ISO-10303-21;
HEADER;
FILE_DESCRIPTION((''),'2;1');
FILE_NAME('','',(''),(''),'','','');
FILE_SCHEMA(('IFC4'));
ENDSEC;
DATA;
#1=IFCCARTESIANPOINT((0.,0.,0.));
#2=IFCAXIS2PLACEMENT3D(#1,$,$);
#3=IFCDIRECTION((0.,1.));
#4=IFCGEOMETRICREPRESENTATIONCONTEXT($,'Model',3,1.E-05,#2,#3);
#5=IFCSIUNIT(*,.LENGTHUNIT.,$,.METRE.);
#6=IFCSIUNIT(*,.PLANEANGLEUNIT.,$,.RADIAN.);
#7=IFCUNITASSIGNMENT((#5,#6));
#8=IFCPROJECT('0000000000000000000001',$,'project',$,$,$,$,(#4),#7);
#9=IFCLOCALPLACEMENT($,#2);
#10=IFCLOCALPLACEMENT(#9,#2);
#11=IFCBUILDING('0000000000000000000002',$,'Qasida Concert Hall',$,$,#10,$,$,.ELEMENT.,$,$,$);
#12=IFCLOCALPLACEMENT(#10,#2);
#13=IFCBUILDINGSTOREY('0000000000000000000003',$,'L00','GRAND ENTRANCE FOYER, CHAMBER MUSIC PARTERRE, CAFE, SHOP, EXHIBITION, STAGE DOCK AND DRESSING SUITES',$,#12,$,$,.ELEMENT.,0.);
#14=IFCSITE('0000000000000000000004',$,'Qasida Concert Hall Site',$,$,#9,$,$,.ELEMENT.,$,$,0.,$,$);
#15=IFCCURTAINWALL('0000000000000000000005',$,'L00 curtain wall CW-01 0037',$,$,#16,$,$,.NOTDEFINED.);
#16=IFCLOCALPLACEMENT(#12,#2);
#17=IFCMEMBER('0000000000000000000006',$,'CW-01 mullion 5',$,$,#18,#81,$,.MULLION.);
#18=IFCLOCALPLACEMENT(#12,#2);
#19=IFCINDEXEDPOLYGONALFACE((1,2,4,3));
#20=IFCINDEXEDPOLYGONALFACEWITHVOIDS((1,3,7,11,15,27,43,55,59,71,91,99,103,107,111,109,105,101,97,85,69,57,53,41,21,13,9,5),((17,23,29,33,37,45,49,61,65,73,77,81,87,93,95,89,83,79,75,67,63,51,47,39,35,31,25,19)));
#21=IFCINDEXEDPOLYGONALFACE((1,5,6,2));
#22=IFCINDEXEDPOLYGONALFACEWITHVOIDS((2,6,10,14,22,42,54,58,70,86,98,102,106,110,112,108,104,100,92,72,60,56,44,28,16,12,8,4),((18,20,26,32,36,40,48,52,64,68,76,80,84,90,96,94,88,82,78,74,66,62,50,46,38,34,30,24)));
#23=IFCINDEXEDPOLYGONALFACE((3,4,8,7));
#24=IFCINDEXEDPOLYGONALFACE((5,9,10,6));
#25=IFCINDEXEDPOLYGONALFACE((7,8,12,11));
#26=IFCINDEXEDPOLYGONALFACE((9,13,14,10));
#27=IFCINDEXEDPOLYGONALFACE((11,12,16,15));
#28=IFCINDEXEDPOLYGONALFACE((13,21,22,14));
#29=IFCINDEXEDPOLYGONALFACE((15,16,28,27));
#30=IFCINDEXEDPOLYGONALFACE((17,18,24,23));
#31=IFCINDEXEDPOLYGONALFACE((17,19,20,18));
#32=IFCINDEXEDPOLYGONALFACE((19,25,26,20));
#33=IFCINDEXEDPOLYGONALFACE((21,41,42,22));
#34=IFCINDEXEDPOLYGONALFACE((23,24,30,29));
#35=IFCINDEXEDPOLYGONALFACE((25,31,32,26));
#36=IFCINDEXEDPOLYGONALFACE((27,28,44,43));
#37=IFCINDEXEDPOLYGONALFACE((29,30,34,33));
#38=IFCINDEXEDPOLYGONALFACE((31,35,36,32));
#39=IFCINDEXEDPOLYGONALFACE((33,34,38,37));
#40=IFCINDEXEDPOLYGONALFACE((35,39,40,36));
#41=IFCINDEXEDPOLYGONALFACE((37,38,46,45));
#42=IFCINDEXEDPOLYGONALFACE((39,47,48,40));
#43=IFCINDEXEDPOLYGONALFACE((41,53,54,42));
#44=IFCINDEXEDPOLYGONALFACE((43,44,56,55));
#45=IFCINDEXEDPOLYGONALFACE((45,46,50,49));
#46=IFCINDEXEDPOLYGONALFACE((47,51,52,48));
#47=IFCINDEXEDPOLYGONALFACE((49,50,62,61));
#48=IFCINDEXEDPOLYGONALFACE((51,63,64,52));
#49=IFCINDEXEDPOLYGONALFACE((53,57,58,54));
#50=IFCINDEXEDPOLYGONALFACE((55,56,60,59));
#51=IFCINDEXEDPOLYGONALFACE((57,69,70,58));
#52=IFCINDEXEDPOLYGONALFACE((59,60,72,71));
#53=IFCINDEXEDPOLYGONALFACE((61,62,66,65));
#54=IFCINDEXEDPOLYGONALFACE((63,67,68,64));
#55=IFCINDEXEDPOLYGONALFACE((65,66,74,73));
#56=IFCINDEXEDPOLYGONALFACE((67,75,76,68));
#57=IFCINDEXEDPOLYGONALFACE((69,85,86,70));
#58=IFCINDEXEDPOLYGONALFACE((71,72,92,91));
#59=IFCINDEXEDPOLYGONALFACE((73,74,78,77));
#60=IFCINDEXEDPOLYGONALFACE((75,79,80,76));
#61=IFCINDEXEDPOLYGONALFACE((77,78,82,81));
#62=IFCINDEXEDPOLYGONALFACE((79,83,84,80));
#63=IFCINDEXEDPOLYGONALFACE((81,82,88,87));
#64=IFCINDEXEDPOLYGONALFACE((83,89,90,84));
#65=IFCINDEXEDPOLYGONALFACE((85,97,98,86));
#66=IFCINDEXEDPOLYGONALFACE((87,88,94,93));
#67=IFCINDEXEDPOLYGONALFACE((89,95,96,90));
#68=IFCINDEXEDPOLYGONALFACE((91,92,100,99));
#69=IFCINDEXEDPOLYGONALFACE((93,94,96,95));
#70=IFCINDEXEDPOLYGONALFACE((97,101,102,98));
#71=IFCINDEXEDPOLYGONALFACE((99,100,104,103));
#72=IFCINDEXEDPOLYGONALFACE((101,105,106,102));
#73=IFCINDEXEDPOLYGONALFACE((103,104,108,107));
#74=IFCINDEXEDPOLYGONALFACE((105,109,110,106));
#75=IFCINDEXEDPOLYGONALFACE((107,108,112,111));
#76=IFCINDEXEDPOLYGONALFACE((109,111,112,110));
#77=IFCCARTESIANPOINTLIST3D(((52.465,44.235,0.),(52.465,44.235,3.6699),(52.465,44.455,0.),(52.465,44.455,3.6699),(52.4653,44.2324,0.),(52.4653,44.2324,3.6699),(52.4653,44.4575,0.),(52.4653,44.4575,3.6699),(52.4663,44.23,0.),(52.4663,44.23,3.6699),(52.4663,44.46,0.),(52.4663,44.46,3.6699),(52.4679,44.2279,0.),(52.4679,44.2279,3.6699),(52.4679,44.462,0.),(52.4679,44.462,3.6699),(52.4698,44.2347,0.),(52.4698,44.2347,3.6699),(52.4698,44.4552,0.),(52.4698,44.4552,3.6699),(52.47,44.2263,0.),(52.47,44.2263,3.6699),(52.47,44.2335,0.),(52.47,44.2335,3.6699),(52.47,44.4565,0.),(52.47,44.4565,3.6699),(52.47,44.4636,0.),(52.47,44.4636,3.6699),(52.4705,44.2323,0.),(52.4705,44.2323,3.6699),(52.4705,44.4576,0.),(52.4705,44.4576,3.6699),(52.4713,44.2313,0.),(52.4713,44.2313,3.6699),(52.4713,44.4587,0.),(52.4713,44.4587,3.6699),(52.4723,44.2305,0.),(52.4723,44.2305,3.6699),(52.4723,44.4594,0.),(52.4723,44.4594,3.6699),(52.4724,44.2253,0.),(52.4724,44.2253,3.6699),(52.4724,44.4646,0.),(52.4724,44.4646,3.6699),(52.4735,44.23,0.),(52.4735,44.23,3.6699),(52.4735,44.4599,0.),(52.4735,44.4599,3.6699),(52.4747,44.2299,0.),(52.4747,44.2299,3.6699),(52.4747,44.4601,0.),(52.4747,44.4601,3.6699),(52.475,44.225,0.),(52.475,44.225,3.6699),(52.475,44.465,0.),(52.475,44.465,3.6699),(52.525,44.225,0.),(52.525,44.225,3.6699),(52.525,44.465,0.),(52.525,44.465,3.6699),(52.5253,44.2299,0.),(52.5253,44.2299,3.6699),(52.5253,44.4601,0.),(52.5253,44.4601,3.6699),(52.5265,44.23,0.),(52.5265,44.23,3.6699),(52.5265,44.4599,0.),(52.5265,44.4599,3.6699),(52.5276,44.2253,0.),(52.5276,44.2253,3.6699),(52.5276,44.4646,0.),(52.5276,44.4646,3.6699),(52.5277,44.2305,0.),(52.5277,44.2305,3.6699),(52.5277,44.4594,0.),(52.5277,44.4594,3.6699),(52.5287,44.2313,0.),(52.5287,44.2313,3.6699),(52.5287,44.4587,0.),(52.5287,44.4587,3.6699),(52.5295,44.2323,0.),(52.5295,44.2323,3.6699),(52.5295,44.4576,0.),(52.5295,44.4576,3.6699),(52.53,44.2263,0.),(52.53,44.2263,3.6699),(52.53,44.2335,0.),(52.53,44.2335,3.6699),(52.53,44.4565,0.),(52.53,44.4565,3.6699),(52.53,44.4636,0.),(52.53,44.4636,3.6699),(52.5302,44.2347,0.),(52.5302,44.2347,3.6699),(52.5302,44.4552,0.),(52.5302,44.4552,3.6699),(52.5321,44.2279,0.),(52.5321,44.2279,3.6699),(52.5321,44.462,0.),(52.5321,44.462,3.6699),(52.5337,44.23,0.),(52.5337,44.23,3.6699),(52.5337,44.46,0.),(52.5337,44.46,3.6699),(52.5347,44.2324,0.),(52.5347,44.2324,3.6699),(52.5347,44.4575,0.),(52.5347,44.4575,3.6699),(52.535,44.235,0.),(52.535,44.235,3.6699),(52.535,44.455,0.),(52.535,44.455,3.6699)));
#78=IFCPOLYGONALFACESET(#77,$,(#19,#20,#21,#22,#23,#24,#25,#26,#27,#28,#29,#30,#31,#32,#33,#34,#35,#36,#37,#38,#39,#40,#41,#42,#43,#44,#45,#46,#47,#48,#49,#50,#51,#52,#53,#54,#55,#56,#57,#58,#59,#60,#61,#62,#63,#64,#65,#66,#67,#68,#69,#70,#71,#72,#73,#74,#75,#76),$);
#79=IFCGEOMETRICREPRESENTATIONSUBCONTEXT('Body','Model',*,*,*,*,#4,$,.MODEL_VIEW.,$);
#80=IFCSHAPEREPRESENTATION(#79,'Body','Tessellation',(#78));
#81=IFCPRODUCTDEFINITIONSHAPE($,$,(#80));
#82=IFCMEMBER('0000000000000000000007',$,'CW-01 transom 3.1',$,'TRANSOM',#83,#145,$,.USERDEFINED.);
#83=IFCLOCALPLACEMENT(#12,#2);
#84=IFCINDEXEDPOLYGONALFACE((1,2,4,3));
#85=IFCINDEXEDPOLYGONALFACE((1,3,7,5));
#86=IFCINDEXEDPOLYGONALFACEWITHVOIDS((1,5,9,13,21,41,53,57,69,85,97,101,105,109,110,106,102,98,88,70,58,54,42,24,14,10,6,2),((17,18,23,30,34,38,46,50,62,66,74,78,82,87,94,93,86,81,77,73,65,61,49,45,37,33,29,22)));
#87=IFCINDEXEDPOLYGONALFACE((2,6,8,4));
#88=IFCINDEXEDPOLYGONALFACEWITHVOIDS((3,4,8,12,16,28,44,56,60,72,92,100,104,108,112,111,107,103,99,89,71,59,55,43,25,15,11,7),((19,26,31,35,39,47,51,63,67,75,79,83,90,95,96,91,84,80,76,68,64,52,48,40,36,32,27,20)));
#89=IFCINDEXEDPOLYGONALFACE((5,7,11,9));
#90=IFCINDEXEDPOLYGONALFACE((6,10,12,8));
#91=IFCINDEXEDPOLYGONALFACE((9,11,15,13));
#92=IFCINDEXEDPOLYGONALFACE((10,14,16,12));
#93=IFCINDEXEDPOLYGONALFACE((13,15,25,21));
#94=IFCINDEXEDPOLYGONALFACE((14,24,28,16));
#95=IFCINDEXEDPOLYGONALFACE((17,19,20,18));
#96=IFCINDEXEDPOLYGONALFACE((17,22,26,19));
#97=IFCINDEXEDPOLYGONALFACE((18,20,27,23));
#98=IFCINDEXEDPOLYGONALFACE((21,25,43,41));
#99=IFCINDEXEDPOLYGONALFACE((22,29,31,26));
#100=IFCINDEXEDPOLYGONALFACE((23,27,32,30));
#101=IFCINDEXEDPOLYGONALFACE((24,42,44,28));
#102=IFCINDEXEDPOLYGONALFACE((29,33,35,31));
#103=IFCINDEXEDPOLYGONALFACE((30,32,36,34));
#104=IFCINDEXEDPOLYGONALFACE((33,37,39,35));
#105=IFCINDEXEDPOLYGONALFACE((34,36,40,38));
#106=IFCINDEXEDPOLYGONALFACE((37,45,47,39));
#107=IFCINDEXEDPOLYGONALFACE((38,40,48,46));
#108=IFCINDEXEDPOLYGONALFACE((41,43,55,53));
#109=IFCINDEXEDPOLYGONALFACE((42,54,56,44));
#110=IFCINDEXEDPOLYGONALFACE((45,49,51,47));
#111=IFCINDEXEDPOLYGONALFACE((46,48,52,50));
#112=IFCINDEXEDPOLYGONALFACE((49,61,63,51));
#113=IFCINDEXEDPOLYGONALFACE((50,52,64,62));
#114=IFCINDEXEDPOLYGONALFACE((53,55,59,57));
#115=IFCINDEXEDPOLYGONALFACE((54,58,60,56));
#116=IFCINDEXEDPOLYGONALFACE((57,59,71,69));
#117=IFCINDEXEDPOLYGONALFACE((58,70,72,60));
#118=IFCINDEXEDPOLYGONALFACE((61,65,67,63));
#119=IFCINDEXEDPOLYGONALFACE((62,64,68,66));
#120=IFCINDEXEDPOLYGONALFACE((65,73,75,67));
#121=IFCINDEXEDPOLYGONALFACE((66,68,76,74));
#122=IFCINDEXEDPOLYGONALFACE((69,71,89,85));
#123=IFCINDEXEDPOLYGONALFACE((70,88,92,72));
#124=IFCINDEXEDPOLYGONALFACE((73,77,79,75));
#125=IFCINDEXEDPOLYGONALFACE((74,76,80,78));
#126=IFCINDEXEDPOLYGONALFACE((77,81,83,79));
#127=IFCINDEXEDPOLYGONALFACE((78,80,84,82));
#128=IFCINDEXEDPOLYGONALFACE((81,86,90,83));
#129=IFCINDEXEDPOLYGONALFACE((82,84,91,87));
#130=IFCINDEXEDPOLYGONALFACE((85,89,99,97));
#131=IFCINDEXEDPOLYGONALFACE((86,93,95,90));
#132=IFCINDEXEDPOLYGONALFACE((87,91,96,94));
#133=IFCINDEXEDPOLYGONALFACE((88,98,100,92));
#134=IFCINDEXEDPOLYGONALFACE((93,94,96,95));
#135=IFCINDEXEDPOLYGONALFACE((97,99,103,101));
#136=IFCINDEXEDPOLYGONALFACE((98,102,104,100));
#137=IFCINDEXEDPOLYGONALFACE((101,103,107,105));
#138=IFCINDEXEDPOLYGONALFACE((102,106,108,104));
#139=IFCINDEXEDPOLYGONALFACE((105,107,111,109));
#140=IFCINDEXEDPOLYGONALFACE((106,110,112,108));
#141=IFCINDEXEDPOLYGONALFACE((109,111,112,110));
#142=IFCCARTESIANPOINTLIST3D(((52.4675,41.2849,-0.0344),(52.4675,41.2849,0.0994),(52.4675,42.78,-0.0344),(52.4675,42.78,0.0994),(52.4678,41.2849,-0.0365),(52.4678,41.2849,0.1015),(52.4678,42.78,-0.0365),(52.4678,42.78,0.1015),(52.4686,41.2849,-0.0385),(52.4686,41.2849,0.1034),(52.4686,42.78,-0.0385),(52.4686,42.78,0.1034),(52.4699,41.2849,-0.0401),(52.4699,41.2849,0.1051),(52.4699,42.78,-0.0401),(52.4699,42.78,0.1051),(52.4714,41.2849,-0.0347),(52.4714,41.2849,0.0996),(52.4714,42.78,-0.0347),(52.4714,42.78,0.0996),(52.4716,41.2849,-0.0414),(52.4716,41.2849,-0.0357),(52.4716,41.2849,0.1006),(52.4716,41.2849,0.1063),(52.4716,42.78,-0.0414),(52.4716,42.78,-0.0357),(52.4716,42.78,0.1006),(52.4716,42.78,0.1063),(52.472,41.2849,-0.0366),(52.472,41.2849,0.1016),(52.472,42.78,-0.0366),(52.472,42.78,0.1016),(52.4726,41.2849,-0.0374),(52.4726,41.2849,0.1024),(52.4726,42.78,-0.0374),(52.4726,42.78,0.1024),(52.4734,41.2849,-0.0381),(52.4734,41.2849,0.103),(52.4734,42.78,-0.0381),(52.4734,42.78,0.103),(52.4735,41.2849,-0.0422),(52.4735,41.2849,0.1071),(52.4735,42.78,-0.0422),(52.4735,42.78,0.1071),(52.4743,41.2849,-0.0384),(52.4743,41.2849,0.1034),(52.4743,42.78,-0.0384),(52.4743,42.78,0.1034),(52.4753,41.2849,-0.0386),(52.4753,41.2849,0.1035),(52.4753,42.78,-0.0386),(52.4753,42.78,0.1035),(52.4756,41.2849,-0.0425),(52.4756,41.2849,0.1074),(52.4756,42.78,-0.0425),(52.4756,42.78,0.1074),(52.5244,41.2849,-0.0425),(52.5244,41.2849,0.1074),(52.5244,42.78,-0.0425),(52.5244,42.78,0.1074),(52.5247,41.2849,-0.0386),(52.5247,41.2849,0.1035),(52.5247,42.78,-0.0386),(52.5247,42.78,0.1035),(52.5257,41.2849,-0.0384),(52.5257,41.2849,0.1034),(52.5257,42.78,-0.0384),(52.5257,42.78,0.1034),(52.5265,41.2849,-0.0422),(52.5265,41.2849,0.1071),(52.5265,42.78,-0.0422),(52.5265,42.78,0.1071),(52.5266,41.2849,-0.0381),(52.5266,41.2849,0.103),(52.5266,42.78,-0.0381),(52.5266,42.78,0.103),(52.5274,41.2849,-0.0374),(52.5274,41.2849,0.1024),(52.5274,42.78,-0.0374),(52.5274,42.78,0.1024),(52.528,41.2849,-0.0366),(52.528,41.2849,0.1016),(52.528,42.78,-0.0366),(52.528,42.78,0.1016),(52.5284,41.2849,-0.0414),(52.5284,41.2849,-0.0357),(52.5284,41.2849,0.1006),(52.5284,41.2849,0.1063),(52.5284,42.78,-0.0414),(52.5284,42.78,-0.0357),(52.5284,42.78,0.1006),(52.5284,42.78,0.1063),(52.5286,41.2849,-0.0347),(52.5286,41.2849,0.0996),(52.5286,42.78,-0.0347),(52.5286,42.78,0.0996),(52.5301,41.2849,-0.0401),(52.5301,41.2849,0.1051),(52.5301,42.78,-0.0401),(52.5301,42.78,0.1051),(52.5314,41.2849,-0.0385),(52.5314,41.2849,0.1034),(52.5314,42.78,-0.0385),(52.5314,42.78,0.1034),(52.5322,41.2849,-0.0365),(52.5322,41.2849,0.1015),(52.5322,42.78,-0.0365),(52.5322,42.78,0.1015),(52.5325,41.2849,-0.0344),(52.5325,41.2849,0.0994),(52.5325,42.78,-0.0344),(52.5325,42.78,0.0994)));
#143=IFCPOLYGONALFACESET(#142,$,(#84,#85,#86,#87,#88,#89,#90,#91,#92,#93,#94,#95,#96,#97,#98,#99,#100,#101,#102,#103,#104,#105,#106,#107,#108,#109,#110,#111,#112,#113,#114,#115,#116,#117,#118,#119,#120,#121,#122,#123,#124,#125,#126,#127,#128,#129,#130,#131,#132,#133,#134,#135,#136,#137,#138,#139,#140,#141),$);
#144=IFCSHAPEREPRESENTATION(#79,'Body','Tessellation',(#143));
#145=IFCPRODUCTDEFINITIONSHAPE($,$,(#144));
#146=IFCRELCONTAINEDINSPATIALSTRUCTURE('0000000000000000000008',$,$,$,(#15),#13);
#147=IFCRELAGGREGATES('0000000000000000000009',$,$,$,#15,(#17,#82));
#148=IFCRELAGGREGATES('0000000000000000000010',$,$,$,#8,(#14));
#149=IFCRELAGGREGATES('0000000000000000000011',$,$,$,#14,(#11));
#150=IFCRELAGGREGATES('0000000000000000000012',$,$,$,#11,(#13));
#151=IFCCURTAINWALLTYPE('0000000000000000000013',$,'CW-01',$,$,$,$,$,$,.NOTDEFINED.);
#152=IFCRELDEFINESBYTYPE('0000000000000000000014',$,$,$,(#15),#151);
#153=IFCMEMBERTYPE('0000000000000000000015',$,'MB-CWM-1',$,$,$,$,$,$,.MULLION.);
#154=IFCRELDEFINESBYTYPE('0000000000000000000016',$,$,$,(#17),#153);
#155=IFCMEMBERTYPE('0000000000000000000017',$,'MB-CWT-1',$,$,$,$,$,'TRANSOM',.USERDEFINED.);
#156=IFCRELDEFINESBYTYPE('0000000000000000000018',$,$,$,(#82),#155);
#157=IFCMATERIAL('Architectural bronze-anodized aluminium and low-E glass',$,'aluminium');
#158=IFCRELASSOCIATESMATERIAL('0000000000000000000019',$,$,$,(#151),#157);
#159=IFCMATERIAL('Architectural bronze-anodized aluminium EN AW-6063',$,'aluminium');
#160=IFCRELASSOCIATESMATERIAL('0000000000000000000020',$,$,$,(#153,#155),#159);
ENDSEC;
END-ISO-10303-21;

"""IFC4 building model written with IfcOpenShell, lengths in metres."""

from ifc_helpers import new_model, si_unit, direction, frame, origin, origin_2d, place, context, subcontext, project, spatial, hollow_rectangle, extrude, material, material_profile, profile_set, type_object, element, aggregate, save


model = new_model("IFC4")

# Units and contexts
model_context = context("Model", 3, precision=1e-05, world=origin(), true_north=direction((0.0, 1.0)))
body_context = subcontext(model_context, "Body", "Model", "MODEL_VIEW")
ifc_project = project(units=[si_unit("LENGTHUNIT", "METRE"), si_unit("PLANEANGLEUNIT", "RADIAN")], contexts=[model_context])

# Site, building, storey
site_placement = place(None, origin())
site = spatial("IfcSite", under=ifc_project, at=site_placement, Name="Qasida Concert Hall Site", CompositionType="ELEMENT", RefElevation=0.0)
building_placement = place(site_placement, origin())
building = spatial("IfcBuilding", under=site, at=building_placement, Name="Qasida Concert Hall", CompositionType="ELEMENT")
storey_placement = place(building_placement, origin())
storey = spatial("IfcBuildingStorey", under=building, at=storey_placement, Name="L00", Description="GRAND ENTRANCE FOYER, CHAMBER MUSIC PARTERRE, CAFE, SHOP, EXHIBITION, STAGE DOCK AND DRESSING SUITES", CompositionType="ELEMENT", Elevation=0.0)

# Curtain wall, members
ifc_material_1 = material(Name="Architectural bronze-anodized aluminium and low-E glass", Category="aluminium")
curtain_wall_type = type_object("IfcCurtainWallType", Name="CW-01", PredefinedType="NOTDEFINED", material=ifc_material_1)
curtain_wall_placement = place(storey_placement, origin())
curtain_wall = element("IfcCurtainWall", 1, at=curtain_wall_placement, inside=storey, type_object=curtain_wall_type, Name="L00 curtain wall CW-01 0037", PredefinedType="NOTDEFINED")
ifc_material_2 = material(Name="Architectural bronze-anodized aluminium EN AW-6063", Category="aluminium")
ifc_material_profile_1 = material_profile(ifc_material_2, hollow_rectangle(XDim=0.0701, YDim=0.24, WallThickness=0.0049, InnerFilletRadius=0.0049, OuterFilletRadius=0.01, at=origin_2d()), Name="CWM 240x70x5")
ifc_profile_set_1 = profile_set([ifc_material_profile_1], Name="Architectural bronze-anodized aluminium EN AW-6063")
member_type_1 = type_object("IfcMemberType", Name="MB-CWM-1", PredefinedType="MULLION", material=ifc_profile_set_1)
member_1_placement = place(storey_placement, frame((52.5, 44.345, 0.0), z_axis=(0.0, 0.0, 1.0), x_axis=(-1.0, 0.0, 0.0)))
member_1 = element("IfcMember", 2, at=member_1_placement, type_object=member_type_1, Name="CW-01 mullion 5", PredefinedType="MULLION", context=body_context, shape_type="SweptSolid", body=[
    extrude(hollow_rectangle(XDim=0.0701, YDim=0.24, WallThickness=0.0049, InnerFilletRadius=0.0049, OuterFilletRadius=0.01, at=origin_2d()), origin(), (0.0, 0.0, 1.0), 3.6699),
])
ifc_material_profile_2 = material_profile(ifc_material_2, hollow_rectangle(XDim=0.0649, YDim=0.1499, WallThickness=0.0039, InnerFilletRadius=0.0039, OuterFilletRadius=0.0081, at=origin_2d()), Name="CWT 150x65x4")
ifc_profile_set_2 = profile_set([ifc_material_profile_2], Name="Architectural bronze-anodized aluminium EN AW-6063")
member_type_2 = type_object("IfcMemberType", Name="MB-CWT-1", ElementType="TRANSOM", PredefinedType="USERDEFINED", material=ifc_profile_set_2)
member_2_placement = place(storey_placement, frame((52.5, 41.2849, 0.0325), z_axis=(0.0, 1.0, 0.0), x_axis=(-1.0, 0.0, 0.0)))
member_2 = element("IfcMember", 3, at=member_2_placement, type_object=member_type_2, Name="CW-01 transom 3.1", ObjectType="TRANSOM", PredefinedType="USERDEFINED", context=body_context, shape_type="SweptSolid", body=[
    extrude(hollow_rectangle(XDim=0.0649, YDim=0.1499, WallThickness=0.0039, InnerFilletRadius=0.0039, OuterFilletRadius=0.0081, at=origin_2d()), origin(), (0.0, 0.0, 1.0), 1.4951),
])
aggregate(curtain_wall, [member_1, member_2])

save(model, "model.ifc")
